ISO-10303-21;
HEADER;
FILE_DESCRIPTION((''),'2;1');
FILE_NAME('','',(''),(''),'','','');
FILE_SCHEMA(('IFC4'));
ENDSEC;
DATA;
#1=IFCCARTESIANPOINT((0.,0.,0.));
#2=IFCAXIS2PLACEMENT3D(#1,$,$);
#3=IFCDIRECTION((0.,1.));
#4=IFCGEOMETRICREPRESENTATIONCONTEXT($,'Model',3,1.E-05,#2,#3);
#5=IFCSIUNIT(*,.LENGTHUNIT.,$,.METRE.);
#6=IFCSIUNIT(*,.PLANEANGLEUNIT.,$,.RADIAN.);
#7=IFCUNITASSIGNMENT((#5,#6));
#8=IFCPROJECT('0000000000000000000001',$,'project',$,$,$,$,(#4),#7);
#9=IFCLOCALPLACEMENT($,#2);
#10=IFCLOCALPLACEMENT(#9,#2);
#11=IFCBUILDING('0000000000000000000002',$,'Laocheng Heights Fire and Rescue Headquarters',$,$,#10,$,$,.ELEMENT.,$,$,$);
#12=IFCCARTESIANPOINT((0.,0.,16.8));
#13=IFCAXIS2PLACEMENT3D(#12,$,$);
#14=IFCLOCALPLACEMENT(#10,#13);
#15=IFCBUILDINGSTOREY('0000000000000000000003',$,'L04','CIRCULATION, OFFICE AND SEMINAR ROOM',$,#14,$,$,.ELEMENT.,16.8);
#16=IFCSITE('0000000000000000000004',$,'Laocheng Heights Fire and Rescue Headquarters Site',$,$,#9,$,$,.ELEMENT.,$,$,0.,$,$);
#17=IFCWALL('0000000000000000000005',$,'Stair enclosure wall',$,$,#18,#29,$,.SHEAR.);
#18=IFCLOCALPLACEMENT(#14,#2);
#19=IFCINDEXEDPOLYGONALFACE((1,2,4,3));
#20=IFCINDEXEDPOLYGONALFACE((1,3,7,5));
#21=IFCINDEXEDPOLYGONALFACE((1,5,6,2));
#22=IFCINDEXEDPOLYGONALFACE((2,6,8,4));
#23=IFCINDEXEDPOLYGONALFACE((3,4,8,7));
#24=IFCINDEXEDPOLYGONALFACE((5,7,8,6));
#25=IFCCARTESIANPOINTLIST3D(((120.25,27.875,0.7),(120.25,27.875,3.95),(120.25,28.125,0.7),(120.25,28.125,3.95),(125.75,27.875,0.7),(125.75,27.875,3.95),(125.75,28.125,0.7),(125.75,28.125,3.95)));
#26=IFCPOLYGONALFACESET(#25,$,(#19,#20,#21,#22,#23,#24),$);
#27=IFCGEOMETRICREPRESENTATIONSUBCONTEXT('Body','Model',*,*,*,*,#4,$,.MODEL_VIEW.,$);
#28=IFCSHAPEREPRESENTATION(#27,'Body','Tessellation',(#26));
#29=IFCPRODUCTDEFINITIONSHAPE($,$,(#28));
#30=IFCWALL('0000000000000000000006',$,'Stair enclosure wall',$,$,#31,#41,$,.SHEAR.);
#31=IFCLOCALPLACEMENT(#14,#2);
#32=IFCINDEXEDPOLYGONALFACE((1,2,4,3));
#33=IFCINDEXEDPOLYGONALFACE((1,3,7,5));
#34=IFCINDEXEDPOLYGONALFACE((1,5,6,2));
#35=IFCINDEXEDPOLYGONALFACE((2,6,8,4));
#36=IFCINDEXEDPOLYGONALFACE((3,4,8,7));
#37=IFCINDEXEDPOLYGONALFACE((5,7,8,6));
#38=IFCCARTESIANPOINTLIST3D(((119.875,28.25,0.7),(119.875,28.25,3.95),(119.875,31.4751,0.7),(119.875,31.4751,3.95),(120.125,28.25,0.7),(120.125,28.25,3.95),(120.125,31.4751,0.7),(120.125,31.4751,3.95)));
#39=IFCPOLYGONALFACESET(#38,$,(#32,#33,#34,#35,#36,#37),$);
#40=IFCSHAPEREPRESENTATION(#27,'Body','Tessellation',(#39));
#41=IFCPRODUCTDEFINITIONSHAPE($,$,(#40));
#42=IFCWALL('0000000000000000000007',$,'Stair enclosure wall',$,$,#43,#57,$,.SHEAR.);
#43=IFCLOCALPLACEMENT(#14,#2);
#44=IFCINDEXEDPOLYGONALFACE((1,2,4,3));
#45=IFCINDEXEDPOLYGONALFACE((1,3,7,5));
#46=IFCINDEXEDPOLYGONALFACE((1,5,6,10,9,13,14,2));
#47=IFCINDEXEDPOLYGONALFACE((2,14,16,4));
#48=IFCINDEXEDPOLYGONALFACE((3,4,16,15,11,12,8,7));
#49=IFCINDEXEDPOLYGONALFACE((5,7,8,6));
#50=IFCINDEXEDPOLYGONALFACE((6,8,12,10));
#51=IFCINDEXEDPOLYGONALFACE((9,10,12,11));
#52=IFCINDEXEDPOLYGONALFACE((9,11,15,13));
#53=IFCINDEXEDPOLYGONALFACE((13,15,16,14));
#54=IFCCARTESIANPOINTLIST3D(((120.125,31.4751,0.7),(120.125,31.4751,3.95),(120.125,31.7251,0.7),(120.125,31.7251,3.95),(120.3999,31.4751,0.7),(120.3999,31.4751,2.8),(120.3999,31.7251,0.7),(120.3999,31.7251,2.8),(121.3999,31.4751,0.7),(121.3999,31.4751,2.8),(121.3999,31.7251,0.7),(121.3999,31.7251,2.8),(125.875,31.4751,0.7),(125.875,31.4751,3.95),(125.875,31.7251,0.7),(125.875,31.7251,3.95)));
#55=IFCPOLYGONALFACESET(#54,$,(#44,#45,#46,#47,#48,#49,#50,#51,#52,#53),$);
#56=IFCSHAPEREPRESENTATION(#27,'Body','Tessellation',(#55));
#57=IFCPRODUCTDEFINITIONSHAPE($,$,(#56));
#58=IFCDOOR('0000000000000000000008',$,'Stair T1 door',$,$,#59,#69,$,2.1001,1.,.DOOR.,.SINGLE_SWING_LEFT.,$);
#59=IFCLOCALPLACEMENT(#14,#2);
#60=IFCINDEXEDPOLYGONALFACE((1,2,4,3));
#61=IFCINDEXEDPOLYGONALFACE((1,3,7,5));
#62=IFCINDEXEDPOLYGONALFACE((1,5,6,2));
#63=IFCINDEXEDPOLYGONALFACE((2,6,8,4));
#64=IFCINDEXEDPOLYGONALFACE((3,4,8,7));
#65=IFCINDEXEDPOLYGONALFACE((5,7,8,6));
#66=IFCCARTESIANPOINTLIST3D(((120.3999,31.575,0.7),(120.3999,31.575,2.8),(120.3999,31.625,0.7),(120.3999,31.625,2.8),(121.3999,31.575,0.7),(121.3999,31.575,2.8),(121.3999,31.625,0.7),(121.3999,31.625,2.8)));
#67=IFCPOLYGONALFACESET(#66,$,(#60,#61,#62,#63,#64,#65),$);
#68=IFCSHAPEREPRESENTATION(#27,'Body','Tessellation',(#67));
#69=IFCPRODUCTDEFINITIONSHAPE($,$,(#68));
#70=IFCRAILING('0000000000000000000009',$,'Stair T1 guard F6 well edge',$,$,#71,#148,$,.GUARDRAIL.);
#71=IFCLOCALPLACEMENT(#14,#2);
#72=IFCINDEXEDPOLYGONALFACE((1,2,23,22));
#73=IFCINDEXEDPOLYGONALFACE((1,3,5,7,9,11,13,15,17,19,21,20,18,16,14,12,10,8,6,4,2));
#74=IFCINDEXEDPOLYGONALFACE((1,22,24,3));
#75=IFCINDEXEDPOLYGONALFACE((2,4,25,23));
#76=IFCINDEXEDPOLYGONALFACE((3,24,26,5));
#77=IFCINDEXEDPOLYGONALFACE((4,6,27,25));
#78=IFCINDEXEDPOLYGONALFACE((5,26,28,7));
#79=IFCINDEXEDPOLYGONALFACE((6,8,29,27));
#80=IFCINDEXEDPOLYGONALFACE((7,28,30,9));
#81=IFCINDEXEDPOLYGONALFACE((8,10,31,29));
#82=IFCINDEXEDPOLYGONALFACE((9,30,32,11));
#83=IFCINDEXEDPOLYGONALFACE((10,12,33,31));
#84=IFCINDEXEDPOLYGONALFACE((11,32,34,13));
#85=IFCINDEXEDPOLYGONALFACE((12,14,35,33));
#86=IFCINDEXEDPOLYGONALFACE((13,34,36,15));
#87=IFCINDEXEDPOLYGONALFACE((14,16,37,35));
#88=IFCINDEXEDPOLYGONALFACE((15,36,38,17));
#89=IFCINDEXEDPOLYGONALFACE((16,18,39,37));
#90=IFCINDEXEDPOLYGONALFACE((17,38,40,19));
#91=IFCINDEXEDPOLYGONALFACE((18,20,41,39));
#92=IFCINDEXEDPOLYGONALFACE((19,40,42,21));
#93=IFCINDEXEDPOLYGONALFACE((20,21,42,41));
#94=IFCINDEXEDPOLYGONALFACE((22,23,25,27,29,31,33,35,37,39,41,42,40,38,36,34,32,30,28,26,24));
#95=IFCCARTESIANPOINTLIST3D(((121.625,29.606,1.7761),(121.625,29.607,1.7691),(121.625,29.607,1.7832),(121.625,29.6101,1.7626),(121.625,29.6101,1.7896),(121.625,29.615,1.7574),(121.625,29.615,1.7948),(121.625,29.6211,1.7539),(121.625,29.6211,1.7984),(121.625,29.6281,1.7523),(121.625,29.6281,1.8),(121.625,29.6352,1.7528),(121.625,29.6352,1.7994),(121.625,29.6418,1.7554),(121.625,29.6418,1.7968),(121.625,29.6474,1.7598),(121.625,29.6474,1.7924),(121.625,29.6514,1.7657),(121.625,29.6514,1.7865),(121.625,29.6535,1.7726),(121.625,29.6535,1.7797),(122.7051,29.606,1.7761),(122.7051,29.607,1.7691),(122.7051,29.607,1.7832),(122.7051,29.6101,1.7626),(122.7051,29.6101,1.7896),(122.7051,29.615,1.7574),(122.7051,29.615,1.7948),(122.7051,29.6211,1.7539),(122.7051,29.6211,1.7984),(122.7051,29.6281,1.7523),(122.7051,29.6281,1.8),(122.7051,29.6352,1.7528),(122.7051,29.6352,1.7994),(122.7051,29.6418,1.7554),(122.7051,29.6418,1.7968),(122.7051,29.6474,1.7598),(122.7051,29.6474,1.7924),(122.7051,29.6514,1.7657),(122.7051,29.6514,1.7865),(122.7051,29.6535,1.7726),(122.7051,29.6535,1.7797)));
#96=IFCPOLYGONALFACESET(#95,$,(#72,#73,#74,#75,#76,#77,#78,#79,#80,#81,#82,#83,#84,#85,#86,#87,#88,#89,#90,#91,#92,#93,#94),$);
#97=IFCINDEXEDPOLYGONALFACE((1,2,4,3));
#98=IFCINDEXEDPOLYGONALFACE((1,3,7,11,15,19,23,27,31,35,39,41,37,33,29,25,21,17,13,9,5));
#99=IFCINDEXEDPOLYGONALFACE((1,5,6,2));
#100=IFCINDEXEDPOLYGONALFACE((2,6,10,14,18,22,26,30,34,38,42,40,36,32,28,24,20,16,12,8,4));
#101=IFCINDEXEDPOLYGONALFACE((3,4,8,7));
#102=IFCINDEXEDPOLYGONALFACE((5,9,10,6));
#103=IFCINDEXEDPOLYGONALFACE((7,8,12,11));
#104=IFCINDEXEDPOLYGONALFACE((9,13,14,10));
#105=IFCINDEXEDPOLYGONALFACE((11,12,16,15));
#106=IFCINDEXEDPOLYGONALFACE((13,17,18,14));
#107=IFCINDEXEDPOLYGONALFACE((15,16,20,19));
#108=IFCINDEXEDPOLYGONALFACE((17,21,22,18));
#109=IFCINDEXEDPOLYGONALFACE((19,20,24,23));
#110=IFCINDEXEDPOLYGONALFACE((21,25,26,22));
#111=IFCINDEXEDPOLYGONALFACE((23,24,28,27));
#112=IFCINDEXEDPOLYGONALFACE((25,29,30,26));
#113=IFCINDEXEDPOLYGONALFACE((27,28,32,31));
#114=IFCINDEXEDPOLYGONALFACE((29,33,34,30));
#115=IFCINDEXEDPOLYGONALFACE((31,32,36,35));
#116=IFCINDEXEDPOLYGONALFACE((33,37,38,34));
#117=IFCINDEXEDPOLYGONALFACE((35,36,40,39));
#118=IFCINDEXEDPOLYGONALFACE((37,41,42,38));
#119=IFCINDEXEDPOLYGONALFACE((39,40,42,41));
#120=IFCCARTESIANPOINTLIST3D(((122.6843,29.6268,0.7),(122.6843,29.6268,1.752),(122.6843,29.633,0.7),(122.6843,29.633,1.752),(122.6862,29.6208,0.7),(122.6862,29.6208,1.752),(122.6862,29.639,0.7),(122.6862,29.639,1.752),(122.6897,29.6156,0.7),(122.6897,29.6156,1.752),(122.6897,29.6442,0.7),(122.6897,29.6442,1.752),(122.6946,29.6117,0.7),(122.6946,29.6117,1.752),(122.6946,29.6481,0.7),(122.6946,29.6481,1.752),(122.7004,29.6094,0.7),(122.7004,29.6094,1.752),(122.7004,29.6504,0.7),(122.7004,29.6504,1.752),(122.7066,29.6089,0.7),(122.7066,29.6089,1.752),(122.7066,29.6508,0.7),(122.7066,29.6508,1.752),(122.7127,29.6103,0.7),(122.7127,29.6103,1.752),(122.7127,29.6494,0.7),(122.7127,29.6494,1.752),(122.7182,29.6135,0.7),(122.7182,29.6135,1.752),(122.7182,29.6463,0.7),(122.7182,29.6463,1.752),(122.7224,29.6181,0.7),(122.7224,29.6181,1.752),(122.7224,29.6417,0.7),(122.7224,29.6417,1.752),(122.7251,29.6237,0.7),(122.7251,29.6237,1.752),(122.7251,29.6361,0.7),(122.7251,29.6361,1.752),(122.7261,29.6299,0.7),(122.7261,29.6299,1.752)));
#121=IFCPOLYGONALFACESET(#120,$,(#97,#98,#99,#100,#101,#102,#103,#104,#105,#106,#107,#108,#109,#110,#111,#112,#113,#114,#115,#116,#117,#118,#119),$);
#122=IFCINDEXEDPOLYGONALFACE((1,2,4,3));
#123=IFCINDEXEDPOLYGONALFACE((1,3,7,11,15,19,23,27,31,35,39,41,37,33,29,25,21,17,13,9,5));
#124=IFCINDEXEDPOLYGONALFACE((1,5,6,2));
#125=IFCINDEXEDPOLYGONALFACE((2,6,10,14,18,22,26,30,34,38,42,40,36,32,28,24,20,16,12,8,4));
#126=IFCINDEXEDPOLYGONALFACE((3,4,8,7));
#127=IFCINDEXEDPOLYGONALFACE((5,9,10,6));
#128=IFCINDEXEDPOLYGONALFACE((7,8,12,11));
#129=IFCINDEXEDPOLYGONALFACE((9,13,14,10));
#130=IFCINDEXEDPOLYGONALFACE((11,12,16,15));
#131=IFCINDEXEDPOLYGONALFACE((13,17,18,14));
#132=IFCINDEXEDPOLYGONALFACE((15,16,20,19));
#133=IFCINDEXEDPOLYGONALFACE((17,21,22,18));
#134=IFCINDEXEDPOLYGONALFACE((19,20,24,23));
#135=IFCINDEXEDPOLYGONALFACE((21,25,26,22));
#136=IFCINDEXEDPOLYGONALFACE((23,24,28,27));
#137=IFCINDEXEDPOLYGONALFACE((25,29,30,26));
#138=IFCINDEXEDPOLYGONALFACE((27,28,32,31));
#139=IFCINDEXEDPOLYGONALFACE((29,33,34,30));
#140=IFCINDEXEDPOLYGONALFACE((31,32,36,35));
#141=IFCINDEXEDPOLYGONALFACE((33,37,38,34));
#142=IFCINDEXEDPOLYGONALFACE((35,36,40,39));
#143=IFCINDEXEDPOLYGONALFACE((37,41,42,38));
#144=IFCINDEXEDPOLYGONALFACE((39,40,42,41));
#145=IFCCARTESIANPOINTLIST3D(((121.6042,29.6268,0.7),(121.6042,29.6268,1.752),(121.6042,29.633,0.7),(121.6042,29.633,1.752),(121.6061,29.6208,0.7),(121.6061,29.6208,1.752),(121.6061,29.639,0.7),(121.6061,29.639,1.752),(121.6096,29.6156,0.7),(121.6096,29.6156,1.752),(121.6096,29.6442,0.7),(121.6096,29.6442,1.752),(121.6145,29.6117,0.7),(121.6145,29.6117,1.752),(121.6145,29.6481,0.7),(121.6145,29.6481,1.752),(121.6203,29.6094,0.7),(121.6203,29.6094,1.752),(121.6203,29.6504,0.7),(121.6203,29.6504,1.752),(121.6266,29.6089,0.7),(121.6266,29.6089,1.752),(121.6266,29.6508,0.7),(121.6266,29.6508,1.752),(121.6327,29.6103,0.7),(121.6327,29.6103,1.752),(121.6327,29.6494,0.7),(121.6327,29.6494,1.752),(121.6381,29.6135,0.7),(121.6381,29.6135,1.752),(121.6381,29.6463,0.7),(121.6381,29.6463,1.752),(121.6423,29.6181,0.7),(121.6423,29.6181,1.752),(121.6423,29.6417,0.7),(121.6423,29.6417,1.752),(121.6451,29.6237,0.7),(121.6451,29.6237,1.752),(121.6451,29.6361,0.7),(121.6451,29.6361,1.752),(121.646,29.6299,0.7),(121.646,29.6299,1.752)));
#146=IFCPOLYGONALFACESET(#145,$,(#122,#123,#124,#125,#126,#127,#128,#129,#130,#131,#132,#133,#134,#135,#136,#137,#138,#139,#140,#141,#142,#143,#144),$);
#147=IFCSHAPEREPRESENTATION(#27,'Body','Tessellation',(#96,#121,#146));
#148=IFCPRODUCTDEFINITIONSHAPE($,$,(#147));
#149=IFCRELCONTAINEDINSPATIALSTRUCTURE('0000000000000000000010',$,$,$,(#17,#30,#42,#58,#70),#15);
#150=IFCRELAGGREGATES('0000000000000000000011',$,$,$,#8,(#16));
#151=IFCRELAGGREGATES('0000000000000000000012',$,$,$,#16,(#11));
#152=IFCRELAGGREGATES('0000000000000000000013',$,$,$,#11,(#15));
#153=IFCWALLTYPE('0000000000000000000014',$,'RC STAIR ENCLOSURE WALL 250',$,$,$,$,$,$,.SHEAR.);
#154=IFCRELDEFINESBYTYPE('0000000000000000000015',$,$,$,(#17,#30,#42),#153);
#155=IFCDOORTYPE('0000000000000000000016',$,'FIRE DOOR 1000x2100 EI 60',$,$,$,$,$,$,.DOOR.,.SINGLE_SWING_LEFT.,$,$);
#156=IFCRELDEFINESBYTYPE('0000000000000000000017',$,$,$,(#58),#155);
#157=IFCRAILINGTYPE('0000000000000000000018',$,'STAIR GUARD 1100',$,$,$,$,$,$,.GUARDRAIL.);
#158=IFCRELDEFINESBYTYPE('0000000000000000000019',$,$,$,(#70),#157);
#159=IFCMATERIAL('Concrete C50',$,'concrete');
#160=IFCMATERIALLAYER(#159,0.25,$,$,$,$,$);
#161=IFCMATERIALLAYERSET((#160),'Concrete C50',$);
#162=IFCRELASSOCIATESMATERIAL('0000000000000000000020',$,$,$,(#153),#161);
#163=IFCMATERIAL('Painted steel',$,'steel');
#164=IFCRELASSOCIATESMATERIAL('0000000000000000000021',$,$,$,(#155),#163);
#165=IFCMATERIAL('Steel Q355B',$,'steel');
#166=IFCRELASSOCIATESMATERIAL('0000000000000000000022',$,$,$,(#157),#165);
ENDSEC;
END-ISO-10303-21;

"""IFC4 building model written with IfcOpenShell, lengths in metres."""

from ifc_helpers import new_model, si_unit, direction, frame, frame_2d, origin, origin_2d, place, context, subcontext, project, spatial, rectangle, circle, extrude, material, layer, layer_set, type_object, element, fill, save


model = new_model("IFC4")

# Units and contexts
model_context = context("Model", 3, precision=1e-05, world=origin(), true_north=direction((0.0, 1.0)))
body_context = subcontext(model_context, "Body", "Model", "MODEL_VIEW")
ifc_project = project(units=[si_unit("LENGTHUNIT", "METRE"), si_unit("PLANEANGLEUNIT", "RADIAN")], contexts=[model_context])

# Site, building, storey
site_placement = place(None, origin())
site = spatial("IfcSite", under=ifc_project, at=site_placement, Name="Laocheng Heights Fire and Rescue Headquarters Site", CompositionType="ELEMENT", RefElevation=0.0)
building_placement = place(site_placement, origin())
building = spatial("IfcBuilding", under=site, at=building_placement, Name="Laocheng Heights Fire and Rescue Headquarters", CompositionType="ELEMENT")
storey_placement = place(building_placement, frame((0.0, 0.0, 16.8)))
storey = spatial("IfcBuildingStorey", under=building, at=storey_placement, Name="L04", Description="CIRCULATION, OFFICE AND SEMINAR ROOM", CompositionType="ELEMENT", Elevation=16.8)

# Walls
ifc_material_1 = material(Name="Concrete C50", Category="concrete")
ifc_layer_1 = layer(ifc_material_1, 0.25)
ifc_layer_set_1 = layer_set([ifc_layer_1], Name="Concrete C50")
wall_type_1 = type_object("IfcWallType", Name="RC STAIR ENCLOSURE WALL 250", PredefinedType="SHEAR", material=ifc_layer_set_1)
wall_1_placement = place(storey_placement, frame((120.25, 28.0, 0.7), z_axis=(0.0, 0.0, 1.0), x_axis=(1.0, 0.0, 0.0)))
element("IfcWall", 1, at=wall_1_placement, inside=storey, type_object=wall_type_1, Name="Stair enclosure wall", PredefinedType="SHEAR", context=body_context, shape_type="SweptSolid", body=[
    extrude(rectangle(XDim=5.5, YDim=0.25, at=frame_2d((2.75, 0.0))), origin(), (0.0, 0.0, 1.0), 3.25),
])
wall_2_placement = place(storey_placement, frame((120.0, 28.25, 0.7), z_axis=(0.0, 0.0, 1.0), x_axis=(0.0, 1.0, 0.0)))
element("IfcWall", 2, at=wall_2_placement, inside=storey, type_object=wall_type_1, Name="Stair enclosure wall", PredefinedType="SHEAR", context=body_context, shape_type="SweptSolid", body=[
    extrude(rectangle(XDim=3.2251, YDim=0.25, at=frame_2d((1.6125, 0.0))), origin(), (0.0, 0.0, 1.0), 3.25),
])

# Wall, opening, door
wall_3_placement = place(storey_placement, frame((120.125, 31.6001, 0.7), z_axis=(0.0, 0.0, 1.0), x_axis=(1.0, 0.0, 0.0)))
wall_3 = element("IfcWall", 3, at=wall_3_placement, inside=storey, type_object=wall_type_1, Name="Stair enclosure wall", PredefinedType="SHEAR", context=body_context, shape_type="SweptSolid", body=[
    extrude(rectangle(XDim=5.75, YDim=0.25, at=frame_2d((2.875, 0.0))), origin(), (0.0, 0.0, 1.0), 3.25),
])
opening_1_placement = place(wall_3_placement, frame((0.2749, 0.0, 0.0)))
opening_1 = element("IfcOpeningElement", 4, at=opening_1_placement, cuts=wall_3, PredefinedType="OPENING", context=body_context, shape_type="SweptSolid", body=[
    extrude(rectangle(XDim=1.0, YDim=2.1001, at=frame_2d((0.5, 1.05))), frame((0.0, 0.135, 0.0), z_axis=(0.0, -1.0, 0.0), x_axis=(1.0, 0.0, 0.0)), (0.0, 0.0, 1.0), 0.27),
])
ifc_material_2 = material(Name="Painted steel", Category="steel")
door_type_1 = type_object("IfcDoorType", Name="FIRE DOOR 1000x2100 EI 60", OperationType="SINGLE_SWING_LEFT", PredefinedType="DOOR", material=ifc_material_2)
door_1_placement = place(opening_1_placement, origin())
door_1 = element("IfcDoor", 5, at=door_1_placement, inside=storey, type_object=door_type_1, Name="Stair T1 door", OperationType="SINGLE_SWING_LEFT", OverallHeight=2.1001, OverallWidth=1.0, PredefinedType="DOOR", context=body_context, shape_type="SweptSolid", body=[
    extrude(rectangle(XDim=1.0, YDim=2.1001, at=frame_2d((0.5, 1.05))), frame((0.0, 0.0249, 0.0), z_axis=(0.0, -1.0, 0.0), x_axis=(1.0, 0.0, 0.0)), (0.0, 0.0, 1.0), 0.05),
])
fill(opening_1, door_1)

# Railing
ifc_material_3 = material(Name="Steel Q355B", Category="steel")
railing_type = type_object("IfcRailingType", Name="STAIR GUARD 1100", PredefinedType="GUARDRAIL", material=ifc_material_3)
railing_1_placement = place(storey_placement, frame((122.7051, 29.6299, 0.7)))
element("IfcRailing", 6, at=railing_1_placement, inside=storey, type_object=railing_type, Name="Stair T1 guard F6 well edge", PredefinedType="GUARDRAIL", context=body_context, shape_type="SweptSolid", body=[
    extrude(circle(Radius=0.0239, at=origin_2d()), frame((0.0, 0.0, 1.0762), z_axis=(-1.0, 0.0, 0.0), x_axis=(0.0, -1.0, 0.0)), (0.0, 0.0, 1.0), 1.0801),
    extrude(circle(Radius=0.021, at=origin_2d()), origin(), (0.0, 0.0, 1.0), 1.052),
    extrude(circle(Radius=0.021, at=origin_2d()), frame((-1.0801, 0.0, 0.0)), (0.0, 0.0, 1.0), 1.052),
])

save(model, "model.ifc")
